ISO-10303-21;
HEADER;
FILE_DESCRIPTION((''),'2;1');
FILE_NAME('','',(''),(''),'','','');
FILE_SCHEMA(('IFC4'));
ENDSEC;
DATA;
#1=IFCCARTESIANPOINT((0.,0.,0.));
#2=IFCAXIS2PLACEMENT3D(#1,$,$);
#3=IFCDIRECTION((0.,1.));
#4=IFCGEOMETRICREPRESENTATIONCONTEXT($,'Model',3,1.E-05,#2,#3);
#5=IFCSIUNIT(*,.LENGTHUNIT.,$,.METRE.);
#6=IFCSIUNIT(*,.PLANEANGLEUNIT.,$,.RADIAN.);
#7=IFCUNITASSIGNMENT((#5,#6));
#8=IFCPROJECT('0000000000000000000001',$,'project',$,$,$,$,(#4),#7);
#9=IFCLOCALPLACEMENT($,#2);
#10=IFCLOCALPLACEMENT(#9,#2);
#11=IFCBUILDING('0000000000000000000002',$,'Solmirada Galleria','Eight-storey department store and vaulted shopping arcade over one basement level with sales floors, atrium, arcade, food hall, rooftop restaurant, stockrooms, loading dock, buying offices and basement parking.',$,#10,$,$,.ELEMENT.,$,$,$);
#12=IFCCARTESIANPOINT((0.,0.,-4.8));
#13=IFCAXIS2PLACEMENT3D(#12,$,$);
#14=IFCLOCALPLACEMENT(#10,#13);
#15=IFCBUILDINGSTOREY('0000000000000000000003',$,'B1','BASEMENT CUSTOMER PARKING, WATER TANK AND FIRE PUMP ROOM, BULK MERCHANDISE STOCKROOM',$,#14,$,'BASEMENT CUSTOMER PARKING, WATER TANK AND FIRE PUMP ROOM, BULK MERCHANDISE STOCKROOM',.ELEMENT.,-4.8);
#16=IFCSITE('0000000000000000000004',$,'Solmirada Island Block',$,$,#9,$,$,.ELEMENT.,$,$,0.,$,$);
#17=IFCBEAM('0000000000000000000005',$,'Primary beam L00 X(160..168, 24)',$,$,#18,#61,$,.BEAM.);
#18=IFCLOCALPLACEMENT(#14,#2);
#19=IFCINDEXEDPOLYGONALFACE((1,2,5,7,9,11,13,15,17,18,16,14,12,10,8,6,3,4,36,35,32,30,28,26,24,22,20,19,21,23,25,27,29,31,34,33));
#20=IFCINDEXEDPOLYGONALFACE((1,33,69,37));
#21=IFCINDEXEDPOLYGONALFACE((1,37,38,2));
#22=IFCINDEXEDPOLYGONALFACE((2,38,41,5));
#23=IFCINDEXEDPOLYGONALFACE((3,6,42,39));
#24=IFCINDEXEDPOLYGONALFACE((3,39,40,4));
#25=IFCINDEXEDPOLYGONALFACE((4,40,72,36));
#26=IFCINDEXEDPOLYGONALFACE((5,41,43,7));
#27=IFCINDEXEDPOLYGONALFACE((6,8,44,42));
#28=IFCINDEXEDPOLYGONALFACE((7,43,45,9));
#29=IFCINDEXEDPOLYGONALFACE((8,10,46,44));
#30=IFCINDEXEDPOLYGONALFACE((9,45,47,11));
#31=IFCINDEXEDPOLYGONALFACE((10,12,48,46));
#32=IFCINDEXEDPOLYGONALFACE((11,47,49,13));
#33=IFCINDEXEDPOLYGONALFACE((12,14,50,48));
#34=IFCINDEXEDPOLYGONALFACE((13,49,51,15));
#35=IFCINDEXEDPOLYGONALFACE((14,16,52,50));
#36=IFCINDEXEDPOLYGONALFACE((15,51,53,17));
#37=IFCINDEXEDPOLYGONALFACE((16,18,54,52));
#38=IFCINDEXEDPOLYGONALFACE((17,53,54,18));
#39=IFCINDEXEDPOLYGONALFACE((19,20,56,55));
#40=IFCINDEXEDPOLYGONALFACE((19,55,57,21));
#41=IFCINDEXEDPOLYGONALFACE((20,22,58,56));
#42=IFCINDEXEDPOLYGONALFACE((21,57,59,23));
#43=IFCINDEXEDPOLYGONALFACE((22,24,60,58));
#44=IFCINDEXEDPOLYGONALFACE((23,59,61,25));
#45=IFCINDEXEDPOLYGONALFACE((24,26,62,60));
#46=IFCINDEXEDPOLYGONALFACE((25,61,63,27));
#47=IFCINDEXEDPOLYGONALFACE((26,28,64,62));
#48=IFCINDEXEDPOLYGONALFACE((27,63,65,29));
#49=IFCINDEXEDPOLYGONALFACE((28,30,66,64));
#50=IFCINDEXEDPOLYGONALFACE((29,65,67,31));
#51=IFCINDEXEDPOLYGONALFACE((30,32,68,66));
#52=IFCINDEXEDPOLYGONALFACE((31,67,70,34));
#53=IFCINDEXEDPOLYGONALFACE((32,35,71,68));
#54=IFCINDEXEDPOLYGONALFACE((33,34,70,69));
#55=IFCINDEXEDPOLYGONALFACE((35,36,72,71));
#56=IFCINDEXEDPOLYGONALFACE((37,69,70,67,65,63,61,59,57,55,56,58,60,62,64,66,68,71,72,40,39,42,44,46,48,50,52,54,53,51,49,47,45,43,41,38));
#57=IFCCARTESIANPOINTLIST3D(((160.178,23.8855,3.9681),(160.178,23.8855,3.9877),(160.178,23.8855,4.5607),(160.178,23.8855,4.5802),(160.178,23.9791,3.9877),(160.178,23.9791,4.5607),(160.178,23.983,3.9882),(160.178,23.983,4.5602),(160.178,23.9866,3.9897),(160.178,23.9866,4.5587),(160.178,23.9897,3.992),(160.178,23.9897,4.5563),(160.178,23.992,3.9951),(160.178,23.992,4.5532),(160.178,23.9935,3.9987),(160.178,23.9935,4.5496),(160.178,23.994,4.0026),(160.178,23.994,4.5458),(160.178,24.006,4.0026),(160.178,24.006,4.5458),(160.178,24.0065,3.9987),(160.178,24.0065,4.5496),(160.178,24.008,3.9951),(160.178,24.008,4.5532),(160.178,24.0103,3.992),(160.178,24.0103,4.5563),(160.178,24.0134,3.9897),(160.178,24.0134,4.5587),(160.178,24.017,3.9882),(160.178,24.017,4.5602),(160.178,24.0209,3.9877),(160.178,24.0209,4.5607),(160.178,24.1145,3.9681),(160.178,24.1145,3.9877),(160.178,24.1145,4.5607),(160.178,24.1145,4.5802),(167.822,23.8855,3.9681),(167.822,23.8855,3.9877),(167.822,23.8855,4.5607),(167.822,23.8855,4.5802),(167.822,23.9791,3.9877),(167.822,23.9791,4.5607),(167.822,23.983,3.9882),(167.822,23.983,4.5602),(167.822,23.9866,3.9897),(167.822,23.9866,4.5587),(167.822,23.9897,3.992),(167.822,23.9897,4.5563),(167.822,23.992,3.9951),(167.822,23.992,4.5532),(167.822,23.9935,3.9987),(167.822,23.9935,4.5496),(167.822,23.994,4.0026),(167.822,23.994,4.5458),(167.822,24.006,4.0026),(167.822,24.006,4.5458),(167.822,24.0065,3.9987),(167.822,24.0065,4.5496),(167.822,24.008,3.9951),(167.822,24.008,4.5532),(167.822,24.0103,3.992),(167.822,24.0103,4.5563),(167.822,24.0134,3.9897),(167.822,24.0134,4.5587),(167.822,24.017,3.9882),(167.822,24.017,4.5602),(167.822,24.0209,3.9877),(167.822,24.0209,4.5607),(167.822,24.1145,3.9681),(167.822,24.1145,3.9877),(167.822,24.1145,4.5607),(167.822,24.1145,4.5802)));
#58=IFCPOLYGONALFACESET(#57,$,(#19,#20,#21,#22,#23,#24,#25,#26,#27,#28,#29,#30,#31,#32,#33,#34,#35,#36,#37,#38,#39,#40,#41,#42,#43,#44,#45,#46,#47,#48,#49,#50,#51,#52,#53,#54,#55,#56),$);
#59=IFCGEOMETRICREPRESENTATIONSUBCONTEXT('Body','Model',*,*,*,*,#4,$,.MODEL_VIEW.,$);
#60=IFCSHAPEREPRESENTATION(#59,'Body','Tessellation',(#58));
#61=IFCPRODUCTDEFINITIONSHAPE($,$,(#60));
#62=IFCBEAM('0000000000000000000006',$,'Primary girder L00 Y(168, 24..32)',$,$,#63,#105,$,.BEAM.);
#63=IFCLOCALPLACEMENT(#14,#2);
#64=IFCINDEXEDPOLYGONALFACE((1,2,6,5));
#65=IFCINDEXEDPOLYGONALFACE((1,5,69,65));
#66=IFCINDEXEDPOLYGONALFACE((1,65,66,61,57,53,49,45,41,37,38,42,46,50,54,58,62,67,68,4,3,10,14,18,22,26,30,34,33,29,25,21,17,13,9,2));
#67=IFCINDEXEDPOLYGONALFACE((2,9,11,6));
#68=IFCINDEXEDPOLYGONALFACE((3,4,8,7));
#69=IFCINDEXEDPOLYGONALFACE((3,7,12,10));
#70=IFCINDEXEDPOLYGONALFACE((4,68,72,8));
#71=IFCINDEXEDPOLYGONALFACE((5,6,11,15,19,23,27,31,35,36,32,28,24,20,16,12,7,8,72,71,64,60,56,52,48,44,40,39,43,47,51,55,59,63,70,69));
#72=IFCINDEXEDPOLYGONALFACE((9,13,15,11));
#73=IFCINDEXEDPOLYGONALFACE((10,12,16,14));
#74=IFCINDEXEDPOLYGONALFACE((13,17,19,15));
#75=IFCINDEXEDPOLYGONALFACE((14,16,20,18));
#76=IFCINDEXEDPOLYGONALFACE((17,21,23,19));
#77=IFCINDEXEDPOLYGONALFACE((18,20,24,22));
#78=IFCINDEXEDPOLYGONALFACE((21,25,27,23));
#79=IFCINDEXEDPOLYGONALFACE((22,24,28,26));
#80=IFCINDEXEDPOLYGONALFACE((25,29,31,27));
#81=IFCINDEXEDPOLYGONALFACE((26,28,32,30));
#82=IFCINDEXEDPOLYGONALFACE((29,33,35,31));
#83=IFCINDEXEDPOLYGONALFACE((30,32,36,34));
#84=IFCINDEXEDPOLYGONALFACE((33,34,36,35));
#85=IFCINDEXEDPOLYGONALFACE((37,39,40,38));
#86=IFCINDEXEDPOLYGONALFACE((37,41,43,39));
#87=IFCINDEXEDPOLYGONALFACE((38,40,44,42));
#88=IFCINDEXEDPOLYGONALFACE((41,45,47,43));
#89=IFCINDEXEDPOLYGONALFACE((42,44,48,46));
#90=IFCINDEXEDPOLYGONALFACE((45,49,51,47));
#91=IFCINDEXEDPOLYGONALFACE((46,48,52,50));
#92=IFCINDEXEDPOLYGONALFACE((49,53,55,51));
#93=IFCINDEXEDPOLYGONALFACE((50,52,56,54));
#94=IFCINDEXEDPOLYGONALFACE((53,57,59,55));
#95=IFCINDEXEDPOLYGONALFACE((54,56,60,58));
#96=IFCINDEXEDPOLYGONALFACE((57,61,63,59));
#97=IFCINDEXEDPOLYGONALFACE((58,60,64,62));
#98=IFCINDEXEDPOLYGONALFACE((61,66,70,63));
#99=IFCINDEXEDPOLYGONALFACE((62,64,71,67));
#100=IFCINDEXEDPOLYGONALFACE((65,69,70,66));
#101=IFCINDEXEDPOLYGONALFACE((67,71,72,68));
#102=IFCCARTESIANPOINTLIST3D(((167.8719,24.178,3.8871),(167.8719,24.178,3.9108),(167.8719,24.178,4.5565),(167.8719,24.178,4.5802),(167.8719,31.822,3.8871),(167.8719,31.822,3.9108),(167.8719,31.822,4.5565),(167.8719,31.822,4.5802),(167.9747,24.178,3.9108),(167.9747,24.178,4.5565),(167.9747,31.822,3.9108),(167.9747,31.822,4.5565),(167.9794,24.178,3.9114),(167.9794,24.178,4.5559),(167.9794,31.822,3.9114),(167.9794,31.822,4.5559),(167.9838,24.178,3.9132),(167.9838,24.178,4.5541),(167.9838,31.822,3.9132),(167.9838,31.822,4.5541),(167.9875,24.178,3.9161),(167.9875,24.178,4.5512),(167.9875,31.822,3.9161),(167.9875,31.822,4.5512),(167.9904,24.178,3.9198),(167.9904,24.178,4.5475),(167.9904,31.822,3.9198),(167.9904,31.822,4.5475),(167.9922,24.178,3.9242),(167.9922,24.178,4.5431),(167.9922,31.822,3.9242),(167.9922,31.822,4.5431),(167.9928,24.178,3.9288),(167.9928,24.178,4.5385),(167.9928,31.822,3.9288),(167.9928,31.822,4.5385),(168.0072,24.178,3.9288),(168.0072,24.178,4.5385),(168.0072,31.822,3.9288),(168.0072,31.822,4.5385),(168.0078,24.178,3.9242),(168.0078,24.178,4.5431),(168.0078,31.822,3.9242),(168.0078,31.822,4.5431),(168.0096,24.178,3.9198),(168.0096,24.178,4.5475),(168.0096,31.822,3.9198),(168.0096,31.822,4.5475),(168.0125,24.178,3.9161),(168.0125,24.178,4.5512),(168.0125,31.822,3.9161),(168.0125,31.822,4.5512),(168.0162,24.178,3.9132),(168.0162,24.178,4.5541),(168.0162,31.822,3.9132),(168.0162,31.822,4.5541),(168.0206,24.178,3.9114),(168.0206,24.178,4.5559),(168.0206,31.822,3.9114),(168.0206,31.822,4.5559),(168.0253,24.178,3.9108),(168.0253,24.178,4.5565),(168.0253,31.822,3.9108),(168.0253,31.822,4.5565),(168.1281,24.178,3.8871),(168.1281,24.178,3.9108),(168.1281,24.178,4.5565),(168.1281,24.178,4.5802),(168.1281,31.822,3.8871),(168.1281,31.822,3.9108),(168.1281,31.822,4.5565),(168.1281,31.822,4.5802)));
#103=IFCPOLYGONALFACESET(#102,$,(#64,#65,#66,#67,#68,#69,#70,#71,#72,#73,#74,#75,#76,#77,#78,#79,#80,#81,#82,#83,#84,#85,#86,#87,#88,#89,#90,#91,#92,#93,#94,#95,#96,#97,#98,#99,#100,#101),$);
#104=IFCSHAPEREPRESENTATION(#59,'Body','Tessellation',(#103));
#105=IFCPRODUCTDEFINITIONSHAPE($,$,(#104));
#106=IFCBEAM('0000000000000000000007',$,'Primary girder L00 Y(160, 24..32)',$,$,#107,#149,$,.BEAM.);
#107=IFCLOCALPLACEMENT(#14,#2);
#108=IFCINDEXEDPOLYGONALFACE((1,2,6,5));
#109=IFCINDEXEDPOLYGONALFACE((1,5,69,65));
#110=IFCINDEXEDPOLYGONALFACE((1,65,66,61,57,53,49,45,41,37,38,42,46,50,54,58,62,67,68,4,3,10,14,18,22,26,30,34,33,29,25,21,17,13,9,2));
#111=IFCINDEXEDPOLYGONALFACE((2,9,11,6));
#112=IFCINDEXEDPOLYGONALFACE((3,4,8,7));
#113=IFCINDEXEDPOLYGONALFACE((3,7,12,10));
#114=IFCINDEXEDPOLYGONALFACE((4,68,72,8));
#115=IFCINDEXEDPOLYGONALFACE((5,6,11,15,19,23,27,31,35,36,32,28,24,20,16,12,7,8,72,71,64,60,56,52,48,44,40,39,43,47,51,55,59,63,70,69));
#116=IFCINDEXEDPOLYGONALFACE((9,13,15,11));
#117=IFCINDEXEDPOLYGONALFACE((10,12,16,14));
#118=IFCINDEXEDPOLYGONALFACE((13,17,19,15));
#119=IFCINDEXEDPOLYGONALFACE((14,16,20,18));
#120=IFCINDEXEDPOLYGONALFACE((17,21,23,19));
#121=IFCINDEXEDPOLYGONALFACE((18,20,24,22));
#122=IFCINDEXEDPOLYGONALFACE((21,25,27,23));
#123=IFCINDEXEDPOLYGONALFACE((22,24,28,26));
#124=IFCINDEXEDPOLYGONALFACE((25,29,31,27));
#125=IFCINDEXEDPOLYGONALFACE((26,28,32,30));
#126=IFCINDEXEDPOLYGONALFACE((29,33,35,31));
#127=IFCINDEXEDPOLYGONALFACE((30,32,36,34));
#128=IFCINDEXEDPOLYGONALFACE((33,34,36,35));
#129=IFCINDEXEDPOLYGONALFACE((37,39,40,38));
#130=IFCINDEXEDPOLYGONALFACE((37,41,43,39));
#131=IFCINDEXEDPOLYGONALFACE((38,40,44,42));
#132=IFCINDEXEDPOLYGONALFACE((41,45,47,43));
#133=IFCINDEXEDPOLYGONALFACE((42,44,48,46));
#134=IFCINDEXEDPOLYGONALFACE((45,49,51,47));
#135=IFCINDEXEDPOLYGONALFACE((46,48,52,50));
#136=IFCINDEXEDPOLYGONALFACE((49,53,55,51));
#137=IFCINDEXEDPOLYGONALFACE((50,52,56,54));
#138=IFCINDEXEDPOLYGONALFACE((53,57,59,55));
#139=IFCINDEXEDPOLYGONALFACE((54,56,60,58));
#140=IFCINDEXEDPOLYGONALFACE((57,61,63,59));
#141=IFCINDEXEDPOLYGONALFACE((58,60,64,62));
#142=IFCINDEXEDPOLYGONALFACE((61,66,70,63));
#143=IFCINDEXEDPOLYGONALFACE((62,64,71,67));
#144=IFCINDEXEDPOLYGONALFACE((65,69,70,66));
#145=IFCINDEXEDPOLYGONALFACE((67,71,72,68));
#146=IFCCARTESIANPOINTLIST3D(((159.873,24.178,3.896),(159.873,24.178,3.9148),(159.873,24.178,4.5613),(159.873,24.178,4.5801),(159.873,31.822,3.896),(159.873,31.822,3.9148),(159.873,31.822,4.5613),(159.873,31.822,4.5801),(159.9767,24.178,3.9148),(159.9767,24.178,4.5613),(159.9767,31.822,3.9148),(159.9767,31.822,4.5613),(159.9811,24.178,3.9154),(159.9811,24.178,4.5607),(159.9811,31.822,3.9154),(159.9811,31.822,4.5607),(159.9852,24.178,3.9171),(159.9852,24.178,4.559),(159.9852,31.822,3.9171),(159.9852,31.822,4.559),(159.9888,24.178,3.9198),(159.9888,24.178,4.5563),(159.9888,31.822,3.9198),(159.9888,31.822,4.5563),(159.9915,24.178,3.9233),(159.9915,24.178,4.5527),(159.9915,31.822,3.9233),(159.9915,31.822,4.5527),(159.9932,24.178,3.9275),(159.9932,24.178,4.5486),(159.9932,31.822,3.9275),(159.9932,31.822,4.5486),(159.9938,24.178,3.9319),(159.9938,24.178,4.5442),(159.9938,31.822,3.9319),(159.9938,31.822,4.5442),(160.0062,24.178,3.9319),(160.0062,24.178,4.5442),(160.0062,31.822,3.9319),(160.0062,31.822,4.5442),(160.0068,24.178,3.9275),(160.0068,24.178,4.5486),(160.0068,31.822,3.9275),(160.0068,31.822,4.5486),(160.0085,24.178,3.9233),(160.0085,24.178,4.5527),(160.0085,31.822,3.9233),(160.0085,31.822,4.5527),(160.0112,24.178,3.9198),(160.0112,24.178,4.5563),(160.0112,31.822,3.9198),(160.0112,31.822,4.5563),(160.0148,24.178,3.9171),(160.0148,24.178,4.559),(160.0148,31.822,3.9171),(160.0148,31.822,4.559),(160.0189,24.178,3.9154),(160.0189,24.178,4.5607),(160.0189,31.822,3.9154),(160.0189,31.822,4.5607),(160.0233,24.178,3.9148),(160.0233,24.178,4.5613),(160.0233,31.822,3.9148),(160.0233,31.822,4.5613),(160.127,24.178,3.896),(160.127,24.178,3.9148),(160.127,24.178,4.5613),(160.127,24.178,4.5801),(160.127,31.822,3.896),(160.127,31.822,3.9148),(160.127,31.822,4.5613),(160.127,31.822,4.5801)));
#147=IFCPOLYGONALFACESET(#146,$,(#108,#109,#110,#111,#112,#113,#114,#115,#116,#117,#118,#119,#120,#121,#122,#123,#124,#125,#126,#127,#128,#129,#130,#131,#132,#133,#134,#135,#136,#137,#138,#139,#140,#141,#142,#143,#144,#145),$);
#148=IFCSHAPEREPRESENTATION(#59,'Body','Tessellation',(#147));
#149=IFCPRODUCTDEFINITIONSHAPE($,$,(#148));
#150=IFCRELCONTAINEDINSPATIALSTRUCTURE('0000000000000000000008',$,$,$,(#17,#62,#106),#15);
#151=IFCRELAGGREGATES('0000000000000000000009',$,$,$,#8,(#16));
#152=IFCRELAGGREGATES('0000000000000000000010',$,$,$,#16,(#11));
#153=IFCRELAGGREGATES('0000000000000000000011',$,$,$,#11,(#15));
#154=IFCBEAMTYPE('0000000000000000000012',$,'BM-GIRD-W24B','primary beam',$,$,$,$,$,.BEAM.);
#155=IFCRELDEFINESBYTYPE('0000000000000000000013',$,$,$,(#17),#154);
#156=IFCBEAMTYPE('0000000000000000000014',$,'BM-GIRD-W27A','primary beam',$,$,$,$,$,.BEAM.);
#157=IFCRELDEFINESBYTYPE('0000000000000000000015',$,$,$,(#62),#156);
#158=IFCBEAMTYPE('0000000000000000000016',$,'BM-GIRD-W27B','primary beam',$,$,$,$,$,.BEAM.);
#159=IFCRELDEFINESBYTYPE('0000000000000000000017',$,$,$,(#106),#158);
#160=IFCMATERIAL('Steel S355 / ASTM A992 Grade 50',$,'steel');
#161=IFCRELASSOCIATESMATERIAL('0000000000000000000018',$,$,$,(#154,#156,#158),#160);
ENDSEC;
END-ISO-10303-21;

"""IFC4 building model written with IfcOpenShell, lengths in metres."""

from ifc_helpers import new_model, si_unit, direction, frame, origin, origin_2d, place, context, subcontext, project, spatial, i_section, extrude, material, material_profile, profile_set, type_object, element, save


model = new_model("IFC4")

# Units and contexts
model_context = context("Model", 3, precision=1e-05, world=origin(), true_north=direction((0.0, 1.0)))
body_context = subcontext(model_context, "Body", "Model", "MODEL_VIEW")
ifc_project = project(units=[si_unit("LENGTHUNIT", "METRE"), si_unit("PLANEANGLEUNIT", "RADIAN")], contexts=[model_context])

# Site, building, storey
site_placement = place(None, origin())
site = spatial("IfcSite", under=ifc_project, at=site_placement, Name="Solmirada Island Block", CompositionType="ELEMENT", RefElevation=0.0)
building_placement = place(site_placement, origin())
building = spatial("IfcBuilding", under=site, at=building_placement, Name="Solmirada Galleria", Description="Eight-storey department store and vaulted shopping arcade over one basement level with sales floors, atrium, arcade, food hall, rooftop restaurant, stockrooms, loading dock, buying offices and basement parking.", CompositionType="ELEMENT")
storey_placement = place(building_placement, frame((0.0, 0.0, -4.8)))
storey = spatial("IfcBuildingStorey", under=building, at=storey_placement, Name="B1", Description="BASEMENT CUSTOMER PARKING, WATER TANK AND FIRE PUMP ROOM, BULK MERCHANDISE STOCKROOM", LongName="BASEMENT CUSTOMER PARKING, WATER TANK AND FIRE PUMP ROOM, BULK MERCHANDISE STOCKROOM", CompositionType="ELEMENT", Elevation=-4.8)

# Beams
ifc_material_1 = material(Name="Steel S355 / ASTM A992 Grade 50", Category="steel")
ifc_material_profile_1 = material_profile(ifc_material_1, i_section(OverallWidth=0.229, OverallDepth=0.6121, WebThickness=0.012, FlangeThickness=0.0195, FilletRadius=0.0149, at=origin_2d()), Name="W24X84")
ifc_profile_set_1 = profile_set([ifc_material_profile_1], Name="Steel S355 / ASTM A992 Grade 50")
beam_type_1 = type_object("IfcBeamType", Name="BM-GIRD-W24B", Description="primary beam", PredefinedType="BEAM", material=ifc_profile_set_1)
beam_1_placement = place(storey_placement, frame((160.178, 24.0, 4.2742), z_axis=(1.0, 0.0, 0.0), x_axis=(0.0, 1.0, 0.0)))
element("IfcBeam", 1, at=beam_1_placement, inside=storey, type_object=beam_type_1, Name="Primary beam L00 X(160..168, 24)", PredefinedType="BEAM", context=body_context, shape_type="SweptSolid", body=[
    extrude(i_section(OverallWidth=0.229, OverallDepth=0.6121, WebThickness=0.012, FlangeThickness=0.0195, FilletRadius=0.0149, at=origin_2d()), origin(), (0.0, 0.0, 1.0), 7.644),
])
ifc_material_profile_2 = material_profile(ifc_material_1, i_section(OverallWidth=0.2561, OverallDepth=0.6931, WebThickness=0.0144, FlangeThickness=0.0237, FilletRadius=0.0181, at=origin_2d()), Name="W27X114")
ifc_profile_set_2 = profile_set([ifc_material_profile_2], Name="Steel S355 / ASTM A992 Grade 50")
beam_type_2 = type_object("IfcBeamType", Name="BM-GIRD-W27A", Description="primary beam", PredefinedType="BEAM", material=ifc_profile_set_2)
beam_2_placement = place(storey_placement, frame((168.0, 24.178, 4.2336), z_axis=(0.0, 1.0, 0.0), x_axis=(-1.0, 0.0, 0.0)))
element("IfcBeam", 2, at=beam_2_placement, inside=storey, type_object=beam_type_2, Name="Primary girder L00 Y(168, 24..32)", PredefinedType="BEAM", context=body_context, shape_type="SweptSolid", body=[
    extrude(i_section(OverallWidth=0.2561, OverallDepth=0.6931, WebThickness=0.0144, FlangeThickness=0.0237, FilletRadius=0.0181, at=origin_2d()), origin(), (0.0, 0.0, 1.0), 7.644),
])
ifc_material_profile_3 = material_profile(ifc_material_1, i_section(OverallWidth=0.2539, OverallDepth=0.6841, WebThickness=0.0125, FlangeThickness=0.0188, FilletRadius=0.0171, at=origin_2d()), Name="W27X94")
ifc_profile_set_3 = profile_set([ifc_material_profile_3], Name="Steel S355 / ASTM A992 Grade 50")
beam_type_3 = type_object("IfcBeamType", Name="BM-GIRD-W27B", Description="primary beam", PredefinedType="BEAM", material=ifc_profile_set_3)
beam_3_placement = place(storey_placement, frame((160.0, 24.178, 4.238), z_axis=(0.0, 1.0, 0.0), x_axis=(-1.0, 0.0, 0.0)))
element("IfcBeam", 3, at=beam_3_placement, inside=storey, type_object=beam_type_3, Name="Primary girder L00 Y(160, 24..32)", PredefinedType="BEAM", context=body_context, shape_type="SweptSolid", body=[
    extrude(i_section(OverallWidth=0.2539, OverallDepth=0.6841, WebThickness=0.0125, FlangeThickness=0.0188, FilletRadius=0.0171, at=origin_2d()), origin(), (0.0, 0.0, 1.0), 7.644),
])

save(model, "model.ifc")
